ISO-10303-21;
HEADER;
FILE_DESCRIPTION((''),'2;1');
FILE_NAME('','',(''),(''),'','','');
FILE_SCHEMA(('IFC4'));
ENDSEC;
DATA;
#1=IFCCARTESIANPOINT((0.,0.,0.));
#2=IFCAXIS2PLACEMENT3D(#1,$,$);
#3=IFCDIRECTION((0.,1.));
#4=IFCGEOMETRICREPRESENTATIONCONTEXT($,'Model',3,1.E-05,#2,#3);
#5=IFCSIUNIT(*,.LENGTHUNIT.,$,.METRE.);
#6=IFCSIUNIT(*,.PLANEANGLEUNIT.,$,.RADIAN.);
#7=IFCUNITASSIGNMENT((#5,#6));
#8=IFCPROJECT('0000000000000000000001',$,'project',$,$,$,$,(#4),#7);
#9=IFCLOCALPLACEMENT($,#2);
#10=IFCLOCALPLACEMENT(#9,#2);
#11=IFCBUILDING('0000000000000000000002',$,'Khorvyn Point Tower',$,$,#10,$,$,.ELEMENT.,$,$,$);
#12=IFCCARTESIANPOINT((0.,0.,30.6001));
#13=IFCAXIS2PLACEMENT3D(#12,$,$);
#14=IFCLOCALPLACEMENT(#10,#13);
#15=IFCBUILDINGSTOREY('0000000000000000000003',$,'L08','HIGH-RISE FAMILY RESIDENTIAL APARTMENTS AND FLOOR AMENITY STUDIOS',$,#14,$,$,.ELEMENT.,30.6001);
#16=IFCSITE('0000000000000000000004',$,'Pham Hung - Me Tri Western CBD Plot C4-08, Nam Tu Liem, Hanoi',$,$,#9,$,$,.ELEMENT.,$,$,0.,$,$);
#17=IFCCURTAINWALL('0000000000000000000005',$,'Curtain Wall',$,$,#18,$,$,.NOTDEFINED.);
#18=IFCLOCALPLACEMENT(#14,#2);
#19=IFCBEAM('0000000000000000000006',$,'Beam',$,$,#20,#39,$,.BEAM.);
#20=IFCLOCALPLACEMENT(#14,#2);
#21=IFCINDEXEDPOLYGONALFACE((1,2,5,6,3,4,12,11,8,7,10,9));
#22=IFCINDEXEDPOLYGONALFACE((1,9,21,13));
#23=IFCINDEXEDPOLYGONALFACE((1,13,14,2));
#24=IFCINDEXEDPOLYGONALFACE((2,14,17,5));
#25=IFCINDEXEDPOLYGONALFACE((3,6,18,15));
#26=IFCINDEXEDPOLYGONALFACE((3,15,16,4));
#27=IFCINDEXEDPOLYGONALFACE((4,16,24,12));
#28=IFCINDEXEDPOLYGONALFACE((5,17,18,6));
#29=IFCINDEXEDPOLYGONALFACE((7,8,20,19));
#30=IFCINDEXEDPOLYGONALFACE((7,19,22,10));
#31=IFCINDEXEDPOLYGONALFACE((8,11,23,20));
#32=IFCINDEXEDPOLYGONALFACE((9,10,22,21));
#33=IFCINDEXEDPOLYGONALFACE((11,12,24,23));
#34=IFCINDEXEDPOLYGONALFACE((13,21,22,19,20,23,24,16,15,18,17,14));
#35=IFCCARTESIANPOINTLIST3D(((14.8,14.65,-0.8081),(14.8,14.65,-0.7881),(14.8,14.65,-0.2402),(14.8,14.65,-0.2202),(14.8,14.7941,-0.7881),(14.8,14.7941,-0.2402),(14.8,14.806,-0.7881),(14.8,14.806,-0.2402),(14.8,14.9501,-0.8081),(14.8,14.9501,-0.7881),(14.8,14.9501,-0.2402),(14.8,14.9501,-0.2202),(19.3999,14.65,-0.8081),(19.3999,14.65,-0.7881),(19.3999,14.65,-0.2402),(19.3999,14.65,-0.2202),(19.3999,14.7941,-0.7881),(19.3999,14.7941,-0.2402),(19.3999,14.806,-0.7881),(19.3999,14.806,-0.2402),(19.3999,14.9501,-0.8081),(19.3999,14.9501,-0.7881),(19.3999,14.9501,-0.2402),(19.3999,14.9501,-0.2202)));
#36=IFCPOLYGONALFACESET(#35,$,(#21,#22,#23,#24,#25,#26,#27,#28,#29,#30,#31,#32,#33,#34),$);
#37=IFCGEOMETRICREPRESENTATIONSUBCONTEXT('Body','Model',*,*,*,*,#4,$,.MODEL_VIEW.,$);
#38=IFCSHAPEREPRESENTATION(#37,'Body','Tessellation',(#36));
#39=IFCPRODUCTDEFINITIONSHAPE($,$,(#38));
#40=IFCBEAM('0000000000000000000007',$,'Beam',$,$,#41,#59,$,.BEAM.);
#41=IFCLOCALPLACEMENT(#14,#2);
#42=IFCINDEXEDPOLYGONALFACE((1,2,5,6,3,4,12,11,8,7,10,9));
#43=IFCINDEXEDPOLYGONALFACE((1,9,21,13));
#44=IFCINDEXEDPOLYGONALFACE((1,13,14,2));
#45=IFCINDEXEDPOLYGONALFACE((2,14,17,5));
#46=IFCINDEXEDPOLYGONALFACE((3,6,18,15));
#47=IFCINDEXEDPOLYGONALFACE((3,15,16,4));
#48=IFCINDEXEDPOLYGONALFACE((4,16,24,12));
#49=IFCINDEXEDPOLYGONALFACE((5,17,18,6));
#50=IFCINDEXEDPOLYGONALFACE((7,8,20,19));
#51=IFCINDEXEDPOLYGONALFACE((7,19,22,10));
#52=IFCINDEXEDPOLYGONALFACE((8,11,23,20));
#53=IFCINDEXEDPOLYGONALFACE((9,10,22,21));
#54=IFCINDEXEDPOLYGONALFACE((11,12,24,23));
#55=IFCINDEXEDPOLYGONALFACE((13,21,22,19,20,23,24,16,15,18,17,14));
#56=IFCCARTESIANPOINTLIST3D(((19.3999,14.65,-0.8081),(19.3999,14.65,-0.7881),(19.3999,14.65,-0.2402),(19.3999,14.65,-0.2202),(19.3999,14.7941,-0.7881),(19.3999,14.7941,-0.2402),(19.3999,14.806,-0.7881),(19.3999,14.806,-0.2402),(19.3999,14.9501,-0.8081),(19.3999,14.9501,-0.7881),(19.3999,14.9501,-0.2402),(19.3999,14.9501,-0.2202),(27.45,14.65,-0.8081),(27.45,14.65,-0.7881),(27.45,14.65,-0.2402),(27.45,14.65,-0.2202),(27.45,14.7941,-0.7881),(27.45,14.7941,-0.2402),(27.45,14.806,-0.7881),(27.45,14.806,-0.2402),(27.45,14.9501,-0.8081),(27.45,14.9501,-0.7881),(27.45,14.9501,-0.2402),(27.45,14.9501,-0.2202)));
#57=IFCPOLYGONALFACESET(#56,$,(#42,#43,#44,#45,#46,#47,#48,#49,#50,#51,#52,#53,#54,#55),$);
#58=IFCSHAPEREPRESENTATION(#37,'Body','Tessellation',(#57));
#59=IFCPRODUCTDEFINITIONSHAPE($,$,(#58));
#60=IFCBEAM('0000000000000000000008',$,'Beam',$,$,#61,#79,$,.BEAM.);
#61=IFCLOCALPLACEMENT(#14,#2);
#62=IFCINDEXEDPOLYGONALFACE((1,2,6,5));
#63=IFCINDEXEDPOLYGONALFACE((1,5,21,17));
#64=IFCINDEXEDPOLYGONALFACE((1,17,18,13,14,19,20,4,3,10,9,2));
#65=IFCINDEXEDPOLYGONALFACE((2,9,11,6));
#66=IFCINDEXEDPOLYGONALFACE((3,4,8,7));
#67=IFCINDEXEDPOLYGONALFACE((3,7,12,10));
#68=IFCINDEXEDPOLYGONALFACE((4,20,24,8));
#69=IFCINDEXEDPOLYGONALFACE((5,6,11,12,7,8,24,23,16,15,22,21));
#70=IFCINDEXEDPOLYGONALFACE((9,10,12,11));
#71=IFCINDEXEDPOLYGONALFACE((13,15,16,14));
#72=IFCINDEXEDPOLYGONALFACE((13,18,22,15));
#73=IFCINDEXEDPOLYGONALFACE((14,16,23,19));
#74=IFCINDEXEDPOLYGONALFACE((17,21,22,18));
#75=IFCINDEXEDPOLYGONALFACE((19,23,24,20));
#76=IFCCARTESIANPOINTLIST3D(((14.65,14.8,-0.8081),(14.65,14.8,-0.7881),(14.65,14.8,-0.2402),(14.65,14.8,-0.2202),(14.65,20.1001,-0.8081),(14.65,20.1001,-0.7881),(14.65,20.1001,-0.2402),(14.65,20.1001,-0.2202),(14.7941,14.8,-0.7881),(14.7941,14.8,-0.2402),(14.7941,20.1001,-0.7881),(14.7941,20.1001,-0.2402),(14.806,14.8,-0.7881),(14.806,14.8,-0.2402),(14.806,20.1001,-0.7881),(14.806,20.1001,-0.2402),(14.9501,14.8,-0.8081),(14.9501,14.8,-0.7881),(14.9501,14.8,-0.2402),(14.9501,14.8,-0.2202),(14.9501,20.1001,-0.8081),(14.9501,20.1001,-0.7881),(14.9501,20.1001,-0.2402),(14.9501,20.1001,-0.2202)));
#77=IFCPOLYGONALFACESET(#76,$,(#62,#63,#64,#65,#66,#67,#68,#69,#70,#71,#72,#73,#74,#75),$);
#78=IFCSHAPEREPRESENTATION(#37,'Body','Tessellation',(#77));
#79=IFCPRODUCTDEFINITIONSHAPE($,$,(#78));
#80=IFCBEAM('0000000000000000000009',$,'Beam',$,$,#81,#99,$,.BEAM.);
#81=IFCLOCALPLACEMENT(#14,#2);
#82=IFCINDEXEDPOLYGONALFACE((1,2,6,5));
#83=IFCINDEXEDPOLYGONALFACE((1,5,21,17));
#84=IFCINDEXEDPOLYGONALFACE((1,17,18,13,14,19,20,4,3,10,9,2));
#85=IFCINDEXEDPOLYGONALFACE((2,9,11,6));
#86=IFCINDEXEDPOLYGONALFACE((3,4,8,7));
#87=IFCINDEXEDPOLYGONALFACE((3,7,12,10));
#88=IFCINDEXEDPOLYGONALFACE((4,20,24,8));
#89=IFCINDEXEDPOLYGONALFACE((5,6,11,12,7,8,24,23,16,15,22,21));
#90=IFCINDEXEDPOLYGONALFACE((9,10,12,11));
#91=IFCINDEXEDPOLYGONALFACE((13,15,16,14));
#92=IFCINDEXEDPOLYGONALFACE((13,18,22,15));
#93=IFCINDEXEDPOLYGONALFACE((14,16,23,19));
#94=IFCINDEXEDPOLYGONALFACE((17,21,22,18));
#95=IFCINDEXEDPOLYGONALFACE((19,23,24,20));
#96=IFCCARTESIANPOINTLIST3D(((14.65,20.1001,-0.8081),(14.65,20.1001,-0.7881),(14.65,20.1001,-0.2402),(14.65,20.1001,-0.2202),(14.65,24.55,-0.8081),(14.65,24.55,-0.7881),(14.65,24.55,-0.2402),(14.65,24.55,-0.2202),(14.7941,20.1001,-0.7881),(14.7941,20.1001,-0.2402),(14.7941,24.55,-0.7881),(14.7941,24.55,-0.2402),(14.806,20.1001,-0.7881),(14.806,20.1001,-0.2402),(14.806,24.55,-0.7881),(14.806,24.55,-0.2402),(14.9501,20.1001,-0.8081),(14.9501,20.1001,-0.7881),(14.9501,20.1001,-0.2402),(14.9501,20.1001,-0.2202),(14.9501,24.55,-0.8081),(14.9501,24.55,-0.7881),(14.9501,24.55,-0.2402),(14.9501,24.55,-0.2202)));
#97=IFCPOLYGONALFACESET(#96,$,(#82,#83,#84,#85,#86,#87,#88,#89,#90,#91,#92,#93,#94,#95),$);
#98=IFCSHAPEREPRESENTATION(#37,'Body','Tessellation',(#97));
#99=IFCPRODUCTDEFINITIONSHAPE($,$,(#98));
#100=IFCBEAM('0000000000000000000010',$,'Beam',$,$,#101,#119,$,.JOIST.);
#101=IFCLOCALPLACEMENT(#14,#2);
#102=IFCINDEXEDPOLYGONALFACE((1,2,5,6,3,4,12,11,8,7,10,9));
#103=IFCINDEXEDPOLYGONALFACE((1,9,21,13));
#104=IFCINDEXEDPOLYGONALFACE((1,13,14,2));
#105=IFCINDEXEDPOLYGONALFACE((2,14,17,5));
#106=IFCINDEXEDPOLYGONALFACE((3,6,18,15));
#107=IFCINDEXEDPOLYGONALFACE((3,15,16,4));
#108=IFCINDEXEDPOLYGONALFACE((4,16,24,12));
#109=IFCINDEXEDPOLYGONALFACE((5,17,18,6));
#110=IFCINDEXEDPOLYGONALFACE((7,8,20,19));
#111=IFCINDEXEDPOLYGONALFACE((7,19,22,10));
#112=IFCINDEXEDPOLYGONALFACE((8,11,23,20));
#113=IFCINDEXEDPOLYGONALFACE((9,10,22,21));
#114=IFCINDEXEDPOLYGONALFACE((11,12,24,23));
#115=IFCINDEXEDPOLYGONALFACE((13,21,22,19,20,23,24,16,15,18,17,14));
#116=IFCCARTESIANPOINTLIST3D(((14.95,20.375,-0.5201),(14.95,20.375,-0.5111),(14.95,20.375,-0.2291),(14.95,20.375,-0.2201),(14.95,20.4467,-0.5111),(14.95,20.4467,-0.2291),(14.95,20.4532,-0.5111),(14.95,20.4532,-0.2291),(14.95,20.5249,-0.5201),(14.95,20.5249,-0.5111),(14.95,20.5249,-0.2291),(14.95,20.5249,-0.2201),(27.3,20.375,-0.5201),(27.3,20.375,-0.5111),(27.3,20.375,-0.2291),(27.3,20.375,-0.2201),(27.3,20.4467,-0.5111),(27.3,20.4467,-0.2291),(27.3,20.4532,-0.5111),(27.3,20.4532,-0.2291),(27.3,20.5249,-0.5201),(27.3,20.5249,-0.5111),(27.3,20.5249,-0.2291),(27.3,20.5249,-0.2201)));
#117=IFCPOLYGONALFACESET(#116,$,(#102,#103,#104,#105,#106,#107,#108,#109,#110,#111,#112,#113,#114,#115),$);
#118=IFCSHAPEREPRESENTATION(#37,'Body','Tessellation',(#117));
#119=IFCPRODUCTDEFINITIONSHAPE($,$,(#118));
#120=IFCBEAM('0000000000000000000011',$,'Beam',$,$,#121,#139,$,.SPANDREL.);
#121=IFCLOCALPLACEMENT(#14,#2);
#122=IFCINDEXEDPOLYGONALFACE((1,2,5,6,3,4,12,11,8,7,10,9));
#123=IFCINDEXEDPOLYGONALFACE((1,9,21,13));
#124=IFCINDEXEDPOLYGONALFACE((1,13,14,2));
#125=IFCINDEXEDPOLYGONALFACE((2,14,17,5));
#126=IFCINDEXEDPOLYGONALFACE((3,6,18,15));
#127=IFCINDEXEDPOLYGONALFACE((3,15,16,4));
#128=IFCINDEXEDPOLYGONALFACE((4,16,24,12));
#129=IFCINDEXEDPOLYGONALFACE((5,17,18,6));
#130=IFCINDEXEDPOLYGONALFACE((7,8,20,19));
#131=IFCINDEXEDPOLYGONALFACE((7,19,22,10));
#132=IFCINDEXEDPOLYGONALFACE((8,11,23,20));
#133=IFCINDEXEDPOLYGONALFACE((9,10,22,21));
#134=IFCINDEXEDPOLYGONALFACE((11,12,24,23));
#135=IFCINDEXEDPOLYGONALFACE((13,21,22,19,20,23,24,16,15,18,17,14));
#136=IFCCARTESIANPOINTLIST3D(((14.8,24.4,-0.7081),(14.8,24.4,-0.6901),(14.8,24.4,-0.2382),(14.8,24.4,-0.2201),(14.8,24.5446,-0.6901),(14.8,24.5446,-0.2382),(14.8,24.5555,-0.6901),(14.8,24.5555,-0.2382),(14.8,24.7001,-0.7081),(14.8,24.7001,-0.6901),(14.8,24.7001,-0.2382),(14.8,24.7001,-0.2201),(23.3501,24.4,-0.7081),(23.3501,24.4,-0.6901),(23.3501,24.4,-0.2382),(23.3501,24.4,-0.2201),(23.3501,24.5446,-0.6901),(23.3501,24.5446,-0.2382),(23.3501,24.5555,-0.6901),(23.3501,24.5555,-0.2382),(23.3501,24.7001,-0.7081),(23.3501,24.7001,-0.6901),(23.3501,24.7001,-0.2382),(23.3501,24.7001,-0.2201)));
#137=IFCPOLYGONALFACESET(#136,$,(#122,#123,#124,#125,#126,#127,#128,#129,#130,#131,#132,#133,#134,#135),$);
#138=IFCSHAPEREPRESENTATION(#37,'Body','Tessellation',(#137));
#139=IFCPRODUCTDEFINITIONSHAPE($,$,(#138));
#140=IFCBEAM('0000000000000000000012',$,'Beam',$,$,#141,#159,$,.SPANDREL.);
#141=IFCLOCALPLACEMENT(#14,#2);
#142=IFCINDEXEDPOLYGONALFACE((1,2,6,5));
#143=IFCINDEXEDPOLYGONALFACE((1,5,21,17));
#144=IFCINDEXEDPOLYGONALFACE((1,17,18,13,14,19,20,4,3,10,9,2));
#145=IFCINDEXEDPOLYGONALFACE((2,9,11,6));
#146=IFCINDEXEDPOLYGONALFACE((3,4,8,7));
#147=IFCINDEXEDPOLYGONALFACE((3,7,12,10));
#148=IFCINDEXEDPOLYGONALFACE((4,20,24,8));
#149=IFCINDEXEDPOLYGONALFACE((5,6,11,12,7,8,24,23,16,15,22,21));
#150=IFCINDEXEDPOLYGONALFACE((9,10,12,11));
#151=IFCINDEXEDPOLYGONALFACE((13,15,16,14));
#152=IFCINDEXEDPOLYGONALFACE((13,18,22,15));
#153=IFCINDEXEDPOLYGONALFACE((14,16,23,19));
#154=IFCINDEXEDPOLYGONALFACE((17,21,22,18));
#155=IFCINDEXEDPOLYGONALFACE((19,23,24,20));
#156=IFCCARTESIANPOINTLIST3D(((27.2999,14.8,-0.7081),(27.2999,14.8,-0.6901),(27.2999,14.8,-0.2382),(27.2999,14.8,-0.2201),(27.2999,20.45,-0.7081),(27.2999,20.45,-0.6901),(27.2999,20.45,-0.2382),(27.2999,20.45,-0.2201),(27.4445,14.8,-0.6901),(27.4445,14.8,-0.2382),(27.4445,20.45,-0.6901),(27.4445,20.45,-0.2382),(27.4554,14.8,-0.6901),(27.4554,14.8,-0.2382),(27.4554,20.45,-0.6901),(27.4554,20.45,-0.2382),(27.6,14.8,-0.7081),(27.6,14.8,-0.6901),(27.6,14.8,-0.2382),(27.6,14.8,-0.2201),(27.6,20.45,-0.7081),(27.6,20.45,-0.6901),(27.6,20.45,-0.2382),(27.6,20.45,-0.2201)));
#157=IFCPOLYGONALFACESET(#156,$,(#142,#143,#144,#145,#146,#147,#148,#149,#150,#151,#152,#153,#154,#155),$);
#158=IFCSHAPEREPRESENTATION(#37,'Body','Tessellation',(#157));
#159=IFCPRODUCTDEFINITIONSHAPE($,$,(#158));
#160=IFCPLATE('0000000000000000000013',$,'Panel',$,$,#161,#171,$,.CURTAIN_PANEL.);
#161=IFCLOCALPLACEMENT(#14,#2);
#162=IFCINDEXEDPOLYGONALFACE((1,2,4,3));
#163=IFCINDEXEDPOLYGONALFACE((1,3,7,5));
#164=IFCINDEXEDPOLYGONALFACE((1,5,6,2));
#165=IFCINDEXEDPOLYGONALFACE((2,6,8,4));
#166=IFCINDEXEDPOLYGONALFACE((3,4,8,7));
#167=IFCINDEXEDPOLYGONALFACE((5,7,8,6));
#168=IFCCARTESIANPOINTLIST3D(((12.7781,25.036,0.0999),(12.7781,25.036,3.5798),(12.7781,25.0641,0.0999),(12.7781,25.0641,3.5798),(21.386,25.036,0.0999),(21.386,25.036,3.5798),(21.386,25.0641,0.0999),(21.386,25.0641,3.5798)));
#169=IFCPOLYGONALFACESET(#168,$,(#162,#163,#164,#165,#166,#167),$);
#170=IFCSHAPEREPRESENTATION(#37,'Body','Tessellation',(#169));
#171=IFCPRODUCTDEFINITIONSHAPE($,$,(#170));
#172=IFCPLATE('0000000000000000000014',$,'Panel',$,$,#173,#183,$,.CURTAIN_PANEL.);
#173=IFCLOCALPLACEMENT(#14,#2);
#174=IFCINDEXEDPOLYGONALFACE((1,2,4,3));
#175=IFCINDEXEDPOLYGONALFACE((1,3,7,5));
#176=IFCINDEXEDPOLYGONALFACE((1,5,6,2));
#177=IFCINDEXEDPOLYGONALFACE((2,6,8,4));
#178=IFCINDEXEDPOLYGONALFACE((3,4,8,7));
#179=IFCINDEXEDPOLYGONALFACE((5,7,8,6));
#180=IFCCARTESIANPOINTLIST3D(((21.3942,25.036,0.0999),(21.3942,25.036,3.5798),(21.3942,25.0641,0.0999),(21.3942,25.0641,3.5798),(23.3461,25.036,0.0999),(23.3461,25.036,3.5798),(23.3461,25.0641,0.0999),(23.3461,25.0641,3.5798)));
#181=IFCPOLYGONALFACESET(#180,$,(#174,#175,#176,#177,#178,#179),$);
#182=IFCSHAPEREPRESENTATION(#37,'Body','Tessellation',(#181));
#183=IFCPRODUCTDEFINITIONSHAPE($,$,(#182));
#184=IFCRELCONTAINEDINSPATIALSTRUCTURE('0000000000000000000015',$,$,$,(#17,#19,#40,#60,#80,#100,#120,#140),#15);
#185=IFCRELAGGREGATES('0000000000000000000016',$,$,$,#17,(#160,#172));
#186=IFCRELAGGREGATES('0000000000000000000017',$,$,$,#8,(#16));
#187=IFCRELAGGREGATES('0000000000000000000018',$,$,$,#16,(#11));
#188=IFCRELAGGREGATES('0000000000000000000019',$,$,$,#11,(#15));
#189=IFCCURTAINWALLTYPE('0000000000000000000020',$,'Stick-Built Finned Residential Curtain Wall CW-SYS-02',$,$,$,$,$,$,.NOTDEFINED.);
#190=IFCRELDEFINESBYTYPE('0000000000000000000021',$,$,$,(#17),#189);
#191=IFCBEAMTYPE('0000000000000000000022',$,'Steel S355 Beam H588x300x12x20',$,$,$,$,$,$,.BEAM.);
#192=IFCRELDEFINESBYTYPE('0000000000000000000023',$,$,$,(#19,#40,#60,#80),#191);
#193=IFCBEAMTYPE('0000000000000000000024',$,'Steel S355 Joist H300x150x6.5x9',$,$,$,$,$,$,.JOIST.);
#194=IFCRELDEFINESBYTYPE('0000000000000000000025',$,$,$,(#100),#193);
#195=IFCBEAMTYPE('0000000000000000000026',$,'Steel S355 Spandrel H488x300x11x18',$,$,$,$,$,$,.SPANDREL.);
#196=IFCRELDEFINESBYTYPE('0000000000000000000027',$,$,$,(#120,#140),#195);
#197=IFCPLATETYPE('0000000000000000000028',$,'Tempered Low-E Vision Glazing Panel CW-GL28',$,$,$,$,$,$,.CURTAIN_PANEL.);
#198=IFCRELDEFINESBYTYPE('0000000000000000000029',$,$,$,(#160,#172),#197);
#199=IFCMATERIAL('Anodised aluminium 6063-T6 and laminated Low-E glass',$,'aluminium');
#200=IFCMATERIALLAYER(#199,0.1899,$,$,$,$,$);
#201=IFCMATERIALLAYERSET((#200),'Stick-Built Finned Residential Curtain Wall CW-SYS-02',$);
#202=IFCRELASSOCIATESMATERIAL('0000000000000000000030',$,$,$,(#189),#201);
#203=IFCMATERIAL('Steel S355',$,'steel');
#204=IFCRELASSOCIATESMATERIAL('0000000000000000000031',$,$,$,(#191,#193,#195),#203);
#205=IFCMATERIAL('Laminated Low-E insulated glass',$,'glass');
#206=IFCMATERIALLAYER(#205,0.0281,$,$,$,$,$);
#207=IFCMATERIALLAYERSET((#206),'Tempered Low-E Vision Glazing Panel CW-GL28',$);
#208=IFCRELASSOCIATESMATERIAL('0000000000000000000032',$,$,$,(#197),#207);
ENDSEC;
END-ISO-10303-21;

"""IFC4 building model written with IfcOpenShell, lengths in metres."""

from ifc_helpers import new_model, si_unit, direction, frame, origin, origin_2d, place, context, subcontext, project, spatial, rectangle, i_section, extrude, material, layer, layer_set, material_profile, profile_set, type_object, element, aggregate, save


model = new_model("IFC4")

# Units and contexts
model_context = context("Model", 3, precision=1e-05, world=origin(), true_north=direction((0.0, 1.0)))
body_context = subcontext(model_context, "Body", "Model", "MODEL_VIEW")
ifc_project = project(units=[si_unit("LENGTHUNIT", "METRE"), si_unit("PLANEANGLEUNIT", "RADIAN")], contexts=[model_context])

# Site, building, storey
site_placement = place(None, origin())
site = spatial("IfcSite", under=ifc_project, at=site_placement, Name="Pham Hung - Me Tri Western CBD Plot C4-08, Nam Tu Liem, Hanoi", CompositionType="ELEMENT", RefElevation=0.0)
building_placement = place(site_placement, origin())
building = spatial("IfcBuilding", under=site, at=building_placement, Name="Khorvyn Point Tower", CompositionType="ELEMENT")
storey_placement = place(building_placement, frame((0.0, 0.0, 30.6001)))
storey = spatial("IfcBuildingStorey", under=building, at=storey_placement, Name="L08", Description="HIGH-RISE FAMILY RESIDENTIAL APARTMENTS AND FLOOR AMENITY STUDIOS", CompositionType="ELEMENT", Elevation=30.6001)

# Curtain wall
ifc_material_1 = material(Name="Anodised aluminium 6063-T6 and laminated Low-E glass", Category="aluminium")
ifc_layer_1 = layer(ifc_material_1, 0.1899)
ifc_layer_set_1 = layer_set([ifc_layer_1], Name="Stick-Built Finned Residential Curtain Wall CW-SYS-02")
curtain_wall_type = type_object("IfcCurtainWallType", Name="Stick-Built Finned Residential Curtain Wall CW-SYS-02", PredefinedType="NOTDEFINED", material=ifc_layer_set_1)
curtain_wall_1_placement = place(storey_placement, origin())
curtain_wall_1 = element("IfcCurtainWall", 1, at=curtain_wall_1_placement, inside=storey, type_object=curtain_wall_type, Name="Curtain Wall", PredefinedType="NOTDEFINED")

# Beams
ifc_material_2 = material(Name="Steel S355", Category="steel")
ifc_material_profile_1 = material_profile(ifc_material_2, i_section(OverallWidth=0.3, OverallDepth=0.5879, WebThickness=0.012, FlangeThickness=0.02, at=origin_2d()))
ifc_profile_set_1 = profile_set([ifc_material_profile_1], Name="Steel S355 H588x300x12x20")
beam_type_1 = type_object("IfcBeamType", Name="Steel S355 Beam H588x300x12x20", PredefinedType="BEAM", material=ifc_profile_set_1)
beam_1_placement = place(storey_placement, frame((14.8, 14.8, -0.5142), z_axis=(1.0, 0.0, 0.0), x_axis=(0.0, 1.0, 0.0)))
element("IfcBeam", 2, at=beam_1_placement, inside=storey, type_object=beam_type_1, Name="Beam", PredefinedType="BEAM", context=body_context, shape_type="SweptSolid", body=[
    extrude(i_section(OverallWidth=0.3, OverallDepth=0.5879, WebThickness=0.012, FlangeThickness=0.02, at=origin_2d()), origin(), (0.0, 0.0, 1.0), 4.5999),
])
beam_2_placement = place(storey_placement, frame((19.3999, 14.8, -0.5142), z_axis=(1.0, 0.0, 0.0), x_axis=(0.0, 1.0, 0.0)))
element("IfcBeam", 3, at=beam_2_placement, inside=storey, type_object=beam_type_1, Name="Beam", PredefinedType="BEAM", context=body_context, shape_type="SweptSolid", body=[
    extrude(i_section(OverallWidth=0.3, OverallDepth=0.5879, WebThickness=0.012, FlangeThickness=0.02, at=origin_2d()), origin(), (0.0, 0.0, 1.0), 8.05),
])
beam_3_placement = place(storey_placement, frame((14.8, 14.8, -0.5142), z_axis=(0.0, 1.0, 0.0), x_axis=(-1.0, 0.0, 0.0)))
element("IfcBeam", 4, at=beam_3_placement, inside=storey, type_object=beam_type_1, Name="Beam", PredefinedType="BEAM", context=body_context, shape_type="SweptSolid", body=[
    extrude(i_section(OverallWidth=0.3, OverallDepth=0.5879, WebThickness=0.012, FlangeThickness=0.02, at=origin_2d()), origin(), (0.0, 0.0, 1.0), 5.3),
])
beam_4_placement = place(storey_placement, frame((14.8, 20.1001, -0.5142), z_axis=(0.0, 1.0, 0.0), x_axis=(-1.0, 0.0, 0.0)))
element("IfcBeam", 5, at=beam_4_placement, inside=storey, type_object=beam_type_1, Name="Beam", PredefinedType="BEAM", context=body_context, shape_type="SweptSolid", body=[
    extrude(i_section(OverallWidth=0.3, OverallDepth=0.5879, WebThickness=0.012, FlangeThickness=0.02, at=origin_2d()), origin(), (0.0, 0.0, 1.0), 4.45),
])
ifc_material_profile_2 = material_profile(ifc_material_2, i_section(OverallWidth=0.1499, OverallDepth=0.3, WebThickness=0.0066, FlangeThickness=0.009, at=origin_2d()))
ifc_profile_set_2 = profile_set([ifc_material_profile_2], Name="Steel S355 H300x150x6.5x9")
beam_type_2 = type_object("IfcBeamType", Name="Steel S355 Joist H300x150x6.5x9", PredefinedType="JOIST", material=ifc_profile_set_2)
beam_5_placement = place(storey_placement, frame((14.95, 20.45, -0.3701), z_axis=(1.0, 0.0, 0.0), x_axis=(0.0, 1.0, 0.0)))
element("IfcBeam", 6, at=beam_5_placement, inside=storey, type_object=beam_type_2, Name="Beam", PredefinedType="JOIST", context=body_context, shape_type="SweptSolid", body=[
    extrude(i_section(OverallWidth=0.1499, OverallDepth=0.3, WebThickness=0.0066, FlangeThickness=0.009, at=origin_2d()), origin(), (0.0, 0.0, 1.0), 12.3501),
])
ifc_material_profile_3 = material_profile(ifc_material_2, i_section(OverallWidth=0.3, OverallDepth=0.488, WebThickness=0.011, FlangeThickness=0.0181, at=origin_2d()))
ifc_profile_set_3 = profile_set([ifc_material_profile_3], Name="Steel S355 H488x300x11x18")
beam_type_3 = type_object("IfcBeamType", Name="Steel S355 Spandrel H488x300x11x18", PredefinedType="SPANDREL", material=ifc_profile_set_3)
beam_6_placement = place(storey_placement, frame((14.8, 24.55, -0.4641), z_axis=(1.0, 0.0, 0.0), x_axis=(0.0, 1.0, 0.0)))
element("IfcBeam", 7, at=beam_6_placement, inside=storey, type_object=beam_type_3, Name="Beam", PredefinedType="SPANDREL", context=body_context, shape_type="SweptSolid", body=[
    extrude(i_section(OverallWidth=0.3, OverallDepth=0.488, WebThickness=0.011, FlangeThickness=0.0181, at=origin_2d()), origin(), (0.0, 0.0, 1.0), 8.55),
])
beam_7_placement = place(storey_placement, frame((27.45, 14.8, -0.4641), z_axis=(0.0, 1.0, 0.0), x_axis=(-1.0, 0.0, 0.0)))
element("IfcBeam", 8, at=beam_7_placement, inside=storey, type_object=beam_type_3, Name="Beam", PredefinedType="SPANDREL", context=body_context, shape_type="SweptSolid", body=[
    extrude(i_section(OverallWidth=0.3, OverallDepth=0.488, WebThickness=0.011, FlangeThickness=0.0181, at=origin_2d()), origin(), (0.0, 0.0, 1.0), 5.6499),
])

# Plates
ifc_material_3 = material(Name="Laminated Low-E insulated glass", Category="glass")
ifc_layer_2 = layer(ifc_material_3, 0.0281)
ifc_layer_set_2 = layer_set([ifc_layer_2], Name="Tempered Low-E Vision Glazing Panel CW-GL28")
plate_type = type_object("IfcPlateType", Name="Tempered Low-E Vision Glazing Panel CW-GL28", PredefinedType="CURTAIN_PANEL", material=ifc_layer_set_2)
plate_1_placement = place(storey_placement, frame((17.082, 25.05, 0.0999), z_axis=(0.0, 0.0, 1.0), x_axis=(1.0, 0.0, 0.0)))
plate_1 = element("IfcPlate", 9, at=plate_1_placement, type_object=plate_type, Name="Panel", PredefinedType="CURTAIN_PANEL", context=body_context, shape_type="SweptSolid", body=[
    extrude(rectangle(XDim=8.6079, YDim=0.0281, at=origin_2d()), origin(), (0.0, 0.0, 1.0), 3.48),
])
plate_2_placement = place(storey_placement, frame((22.3701, 25.05, 0.0999), z_axis=(0.0, 0.0, 1.0), x_axis=(1.0, 0.0, 0.0)))
plate_2 = element("IfcPlate", 10, at=plate_2_placement, type_object=plate_type, Name="Panel", PredefinedType="CURTAIN_PANEL", context=body_context, shape_type="SweptSolid", body=[
    extrude(rectangle(XDim=1.9519, YDim=0.0281, at=origin_2d()), origin(), (0.0, 0.0, 1.0), 3.48),
])
aggregate(curtain_wall_1, [plate_1, plate_2])

save(model, "model.ifc")
